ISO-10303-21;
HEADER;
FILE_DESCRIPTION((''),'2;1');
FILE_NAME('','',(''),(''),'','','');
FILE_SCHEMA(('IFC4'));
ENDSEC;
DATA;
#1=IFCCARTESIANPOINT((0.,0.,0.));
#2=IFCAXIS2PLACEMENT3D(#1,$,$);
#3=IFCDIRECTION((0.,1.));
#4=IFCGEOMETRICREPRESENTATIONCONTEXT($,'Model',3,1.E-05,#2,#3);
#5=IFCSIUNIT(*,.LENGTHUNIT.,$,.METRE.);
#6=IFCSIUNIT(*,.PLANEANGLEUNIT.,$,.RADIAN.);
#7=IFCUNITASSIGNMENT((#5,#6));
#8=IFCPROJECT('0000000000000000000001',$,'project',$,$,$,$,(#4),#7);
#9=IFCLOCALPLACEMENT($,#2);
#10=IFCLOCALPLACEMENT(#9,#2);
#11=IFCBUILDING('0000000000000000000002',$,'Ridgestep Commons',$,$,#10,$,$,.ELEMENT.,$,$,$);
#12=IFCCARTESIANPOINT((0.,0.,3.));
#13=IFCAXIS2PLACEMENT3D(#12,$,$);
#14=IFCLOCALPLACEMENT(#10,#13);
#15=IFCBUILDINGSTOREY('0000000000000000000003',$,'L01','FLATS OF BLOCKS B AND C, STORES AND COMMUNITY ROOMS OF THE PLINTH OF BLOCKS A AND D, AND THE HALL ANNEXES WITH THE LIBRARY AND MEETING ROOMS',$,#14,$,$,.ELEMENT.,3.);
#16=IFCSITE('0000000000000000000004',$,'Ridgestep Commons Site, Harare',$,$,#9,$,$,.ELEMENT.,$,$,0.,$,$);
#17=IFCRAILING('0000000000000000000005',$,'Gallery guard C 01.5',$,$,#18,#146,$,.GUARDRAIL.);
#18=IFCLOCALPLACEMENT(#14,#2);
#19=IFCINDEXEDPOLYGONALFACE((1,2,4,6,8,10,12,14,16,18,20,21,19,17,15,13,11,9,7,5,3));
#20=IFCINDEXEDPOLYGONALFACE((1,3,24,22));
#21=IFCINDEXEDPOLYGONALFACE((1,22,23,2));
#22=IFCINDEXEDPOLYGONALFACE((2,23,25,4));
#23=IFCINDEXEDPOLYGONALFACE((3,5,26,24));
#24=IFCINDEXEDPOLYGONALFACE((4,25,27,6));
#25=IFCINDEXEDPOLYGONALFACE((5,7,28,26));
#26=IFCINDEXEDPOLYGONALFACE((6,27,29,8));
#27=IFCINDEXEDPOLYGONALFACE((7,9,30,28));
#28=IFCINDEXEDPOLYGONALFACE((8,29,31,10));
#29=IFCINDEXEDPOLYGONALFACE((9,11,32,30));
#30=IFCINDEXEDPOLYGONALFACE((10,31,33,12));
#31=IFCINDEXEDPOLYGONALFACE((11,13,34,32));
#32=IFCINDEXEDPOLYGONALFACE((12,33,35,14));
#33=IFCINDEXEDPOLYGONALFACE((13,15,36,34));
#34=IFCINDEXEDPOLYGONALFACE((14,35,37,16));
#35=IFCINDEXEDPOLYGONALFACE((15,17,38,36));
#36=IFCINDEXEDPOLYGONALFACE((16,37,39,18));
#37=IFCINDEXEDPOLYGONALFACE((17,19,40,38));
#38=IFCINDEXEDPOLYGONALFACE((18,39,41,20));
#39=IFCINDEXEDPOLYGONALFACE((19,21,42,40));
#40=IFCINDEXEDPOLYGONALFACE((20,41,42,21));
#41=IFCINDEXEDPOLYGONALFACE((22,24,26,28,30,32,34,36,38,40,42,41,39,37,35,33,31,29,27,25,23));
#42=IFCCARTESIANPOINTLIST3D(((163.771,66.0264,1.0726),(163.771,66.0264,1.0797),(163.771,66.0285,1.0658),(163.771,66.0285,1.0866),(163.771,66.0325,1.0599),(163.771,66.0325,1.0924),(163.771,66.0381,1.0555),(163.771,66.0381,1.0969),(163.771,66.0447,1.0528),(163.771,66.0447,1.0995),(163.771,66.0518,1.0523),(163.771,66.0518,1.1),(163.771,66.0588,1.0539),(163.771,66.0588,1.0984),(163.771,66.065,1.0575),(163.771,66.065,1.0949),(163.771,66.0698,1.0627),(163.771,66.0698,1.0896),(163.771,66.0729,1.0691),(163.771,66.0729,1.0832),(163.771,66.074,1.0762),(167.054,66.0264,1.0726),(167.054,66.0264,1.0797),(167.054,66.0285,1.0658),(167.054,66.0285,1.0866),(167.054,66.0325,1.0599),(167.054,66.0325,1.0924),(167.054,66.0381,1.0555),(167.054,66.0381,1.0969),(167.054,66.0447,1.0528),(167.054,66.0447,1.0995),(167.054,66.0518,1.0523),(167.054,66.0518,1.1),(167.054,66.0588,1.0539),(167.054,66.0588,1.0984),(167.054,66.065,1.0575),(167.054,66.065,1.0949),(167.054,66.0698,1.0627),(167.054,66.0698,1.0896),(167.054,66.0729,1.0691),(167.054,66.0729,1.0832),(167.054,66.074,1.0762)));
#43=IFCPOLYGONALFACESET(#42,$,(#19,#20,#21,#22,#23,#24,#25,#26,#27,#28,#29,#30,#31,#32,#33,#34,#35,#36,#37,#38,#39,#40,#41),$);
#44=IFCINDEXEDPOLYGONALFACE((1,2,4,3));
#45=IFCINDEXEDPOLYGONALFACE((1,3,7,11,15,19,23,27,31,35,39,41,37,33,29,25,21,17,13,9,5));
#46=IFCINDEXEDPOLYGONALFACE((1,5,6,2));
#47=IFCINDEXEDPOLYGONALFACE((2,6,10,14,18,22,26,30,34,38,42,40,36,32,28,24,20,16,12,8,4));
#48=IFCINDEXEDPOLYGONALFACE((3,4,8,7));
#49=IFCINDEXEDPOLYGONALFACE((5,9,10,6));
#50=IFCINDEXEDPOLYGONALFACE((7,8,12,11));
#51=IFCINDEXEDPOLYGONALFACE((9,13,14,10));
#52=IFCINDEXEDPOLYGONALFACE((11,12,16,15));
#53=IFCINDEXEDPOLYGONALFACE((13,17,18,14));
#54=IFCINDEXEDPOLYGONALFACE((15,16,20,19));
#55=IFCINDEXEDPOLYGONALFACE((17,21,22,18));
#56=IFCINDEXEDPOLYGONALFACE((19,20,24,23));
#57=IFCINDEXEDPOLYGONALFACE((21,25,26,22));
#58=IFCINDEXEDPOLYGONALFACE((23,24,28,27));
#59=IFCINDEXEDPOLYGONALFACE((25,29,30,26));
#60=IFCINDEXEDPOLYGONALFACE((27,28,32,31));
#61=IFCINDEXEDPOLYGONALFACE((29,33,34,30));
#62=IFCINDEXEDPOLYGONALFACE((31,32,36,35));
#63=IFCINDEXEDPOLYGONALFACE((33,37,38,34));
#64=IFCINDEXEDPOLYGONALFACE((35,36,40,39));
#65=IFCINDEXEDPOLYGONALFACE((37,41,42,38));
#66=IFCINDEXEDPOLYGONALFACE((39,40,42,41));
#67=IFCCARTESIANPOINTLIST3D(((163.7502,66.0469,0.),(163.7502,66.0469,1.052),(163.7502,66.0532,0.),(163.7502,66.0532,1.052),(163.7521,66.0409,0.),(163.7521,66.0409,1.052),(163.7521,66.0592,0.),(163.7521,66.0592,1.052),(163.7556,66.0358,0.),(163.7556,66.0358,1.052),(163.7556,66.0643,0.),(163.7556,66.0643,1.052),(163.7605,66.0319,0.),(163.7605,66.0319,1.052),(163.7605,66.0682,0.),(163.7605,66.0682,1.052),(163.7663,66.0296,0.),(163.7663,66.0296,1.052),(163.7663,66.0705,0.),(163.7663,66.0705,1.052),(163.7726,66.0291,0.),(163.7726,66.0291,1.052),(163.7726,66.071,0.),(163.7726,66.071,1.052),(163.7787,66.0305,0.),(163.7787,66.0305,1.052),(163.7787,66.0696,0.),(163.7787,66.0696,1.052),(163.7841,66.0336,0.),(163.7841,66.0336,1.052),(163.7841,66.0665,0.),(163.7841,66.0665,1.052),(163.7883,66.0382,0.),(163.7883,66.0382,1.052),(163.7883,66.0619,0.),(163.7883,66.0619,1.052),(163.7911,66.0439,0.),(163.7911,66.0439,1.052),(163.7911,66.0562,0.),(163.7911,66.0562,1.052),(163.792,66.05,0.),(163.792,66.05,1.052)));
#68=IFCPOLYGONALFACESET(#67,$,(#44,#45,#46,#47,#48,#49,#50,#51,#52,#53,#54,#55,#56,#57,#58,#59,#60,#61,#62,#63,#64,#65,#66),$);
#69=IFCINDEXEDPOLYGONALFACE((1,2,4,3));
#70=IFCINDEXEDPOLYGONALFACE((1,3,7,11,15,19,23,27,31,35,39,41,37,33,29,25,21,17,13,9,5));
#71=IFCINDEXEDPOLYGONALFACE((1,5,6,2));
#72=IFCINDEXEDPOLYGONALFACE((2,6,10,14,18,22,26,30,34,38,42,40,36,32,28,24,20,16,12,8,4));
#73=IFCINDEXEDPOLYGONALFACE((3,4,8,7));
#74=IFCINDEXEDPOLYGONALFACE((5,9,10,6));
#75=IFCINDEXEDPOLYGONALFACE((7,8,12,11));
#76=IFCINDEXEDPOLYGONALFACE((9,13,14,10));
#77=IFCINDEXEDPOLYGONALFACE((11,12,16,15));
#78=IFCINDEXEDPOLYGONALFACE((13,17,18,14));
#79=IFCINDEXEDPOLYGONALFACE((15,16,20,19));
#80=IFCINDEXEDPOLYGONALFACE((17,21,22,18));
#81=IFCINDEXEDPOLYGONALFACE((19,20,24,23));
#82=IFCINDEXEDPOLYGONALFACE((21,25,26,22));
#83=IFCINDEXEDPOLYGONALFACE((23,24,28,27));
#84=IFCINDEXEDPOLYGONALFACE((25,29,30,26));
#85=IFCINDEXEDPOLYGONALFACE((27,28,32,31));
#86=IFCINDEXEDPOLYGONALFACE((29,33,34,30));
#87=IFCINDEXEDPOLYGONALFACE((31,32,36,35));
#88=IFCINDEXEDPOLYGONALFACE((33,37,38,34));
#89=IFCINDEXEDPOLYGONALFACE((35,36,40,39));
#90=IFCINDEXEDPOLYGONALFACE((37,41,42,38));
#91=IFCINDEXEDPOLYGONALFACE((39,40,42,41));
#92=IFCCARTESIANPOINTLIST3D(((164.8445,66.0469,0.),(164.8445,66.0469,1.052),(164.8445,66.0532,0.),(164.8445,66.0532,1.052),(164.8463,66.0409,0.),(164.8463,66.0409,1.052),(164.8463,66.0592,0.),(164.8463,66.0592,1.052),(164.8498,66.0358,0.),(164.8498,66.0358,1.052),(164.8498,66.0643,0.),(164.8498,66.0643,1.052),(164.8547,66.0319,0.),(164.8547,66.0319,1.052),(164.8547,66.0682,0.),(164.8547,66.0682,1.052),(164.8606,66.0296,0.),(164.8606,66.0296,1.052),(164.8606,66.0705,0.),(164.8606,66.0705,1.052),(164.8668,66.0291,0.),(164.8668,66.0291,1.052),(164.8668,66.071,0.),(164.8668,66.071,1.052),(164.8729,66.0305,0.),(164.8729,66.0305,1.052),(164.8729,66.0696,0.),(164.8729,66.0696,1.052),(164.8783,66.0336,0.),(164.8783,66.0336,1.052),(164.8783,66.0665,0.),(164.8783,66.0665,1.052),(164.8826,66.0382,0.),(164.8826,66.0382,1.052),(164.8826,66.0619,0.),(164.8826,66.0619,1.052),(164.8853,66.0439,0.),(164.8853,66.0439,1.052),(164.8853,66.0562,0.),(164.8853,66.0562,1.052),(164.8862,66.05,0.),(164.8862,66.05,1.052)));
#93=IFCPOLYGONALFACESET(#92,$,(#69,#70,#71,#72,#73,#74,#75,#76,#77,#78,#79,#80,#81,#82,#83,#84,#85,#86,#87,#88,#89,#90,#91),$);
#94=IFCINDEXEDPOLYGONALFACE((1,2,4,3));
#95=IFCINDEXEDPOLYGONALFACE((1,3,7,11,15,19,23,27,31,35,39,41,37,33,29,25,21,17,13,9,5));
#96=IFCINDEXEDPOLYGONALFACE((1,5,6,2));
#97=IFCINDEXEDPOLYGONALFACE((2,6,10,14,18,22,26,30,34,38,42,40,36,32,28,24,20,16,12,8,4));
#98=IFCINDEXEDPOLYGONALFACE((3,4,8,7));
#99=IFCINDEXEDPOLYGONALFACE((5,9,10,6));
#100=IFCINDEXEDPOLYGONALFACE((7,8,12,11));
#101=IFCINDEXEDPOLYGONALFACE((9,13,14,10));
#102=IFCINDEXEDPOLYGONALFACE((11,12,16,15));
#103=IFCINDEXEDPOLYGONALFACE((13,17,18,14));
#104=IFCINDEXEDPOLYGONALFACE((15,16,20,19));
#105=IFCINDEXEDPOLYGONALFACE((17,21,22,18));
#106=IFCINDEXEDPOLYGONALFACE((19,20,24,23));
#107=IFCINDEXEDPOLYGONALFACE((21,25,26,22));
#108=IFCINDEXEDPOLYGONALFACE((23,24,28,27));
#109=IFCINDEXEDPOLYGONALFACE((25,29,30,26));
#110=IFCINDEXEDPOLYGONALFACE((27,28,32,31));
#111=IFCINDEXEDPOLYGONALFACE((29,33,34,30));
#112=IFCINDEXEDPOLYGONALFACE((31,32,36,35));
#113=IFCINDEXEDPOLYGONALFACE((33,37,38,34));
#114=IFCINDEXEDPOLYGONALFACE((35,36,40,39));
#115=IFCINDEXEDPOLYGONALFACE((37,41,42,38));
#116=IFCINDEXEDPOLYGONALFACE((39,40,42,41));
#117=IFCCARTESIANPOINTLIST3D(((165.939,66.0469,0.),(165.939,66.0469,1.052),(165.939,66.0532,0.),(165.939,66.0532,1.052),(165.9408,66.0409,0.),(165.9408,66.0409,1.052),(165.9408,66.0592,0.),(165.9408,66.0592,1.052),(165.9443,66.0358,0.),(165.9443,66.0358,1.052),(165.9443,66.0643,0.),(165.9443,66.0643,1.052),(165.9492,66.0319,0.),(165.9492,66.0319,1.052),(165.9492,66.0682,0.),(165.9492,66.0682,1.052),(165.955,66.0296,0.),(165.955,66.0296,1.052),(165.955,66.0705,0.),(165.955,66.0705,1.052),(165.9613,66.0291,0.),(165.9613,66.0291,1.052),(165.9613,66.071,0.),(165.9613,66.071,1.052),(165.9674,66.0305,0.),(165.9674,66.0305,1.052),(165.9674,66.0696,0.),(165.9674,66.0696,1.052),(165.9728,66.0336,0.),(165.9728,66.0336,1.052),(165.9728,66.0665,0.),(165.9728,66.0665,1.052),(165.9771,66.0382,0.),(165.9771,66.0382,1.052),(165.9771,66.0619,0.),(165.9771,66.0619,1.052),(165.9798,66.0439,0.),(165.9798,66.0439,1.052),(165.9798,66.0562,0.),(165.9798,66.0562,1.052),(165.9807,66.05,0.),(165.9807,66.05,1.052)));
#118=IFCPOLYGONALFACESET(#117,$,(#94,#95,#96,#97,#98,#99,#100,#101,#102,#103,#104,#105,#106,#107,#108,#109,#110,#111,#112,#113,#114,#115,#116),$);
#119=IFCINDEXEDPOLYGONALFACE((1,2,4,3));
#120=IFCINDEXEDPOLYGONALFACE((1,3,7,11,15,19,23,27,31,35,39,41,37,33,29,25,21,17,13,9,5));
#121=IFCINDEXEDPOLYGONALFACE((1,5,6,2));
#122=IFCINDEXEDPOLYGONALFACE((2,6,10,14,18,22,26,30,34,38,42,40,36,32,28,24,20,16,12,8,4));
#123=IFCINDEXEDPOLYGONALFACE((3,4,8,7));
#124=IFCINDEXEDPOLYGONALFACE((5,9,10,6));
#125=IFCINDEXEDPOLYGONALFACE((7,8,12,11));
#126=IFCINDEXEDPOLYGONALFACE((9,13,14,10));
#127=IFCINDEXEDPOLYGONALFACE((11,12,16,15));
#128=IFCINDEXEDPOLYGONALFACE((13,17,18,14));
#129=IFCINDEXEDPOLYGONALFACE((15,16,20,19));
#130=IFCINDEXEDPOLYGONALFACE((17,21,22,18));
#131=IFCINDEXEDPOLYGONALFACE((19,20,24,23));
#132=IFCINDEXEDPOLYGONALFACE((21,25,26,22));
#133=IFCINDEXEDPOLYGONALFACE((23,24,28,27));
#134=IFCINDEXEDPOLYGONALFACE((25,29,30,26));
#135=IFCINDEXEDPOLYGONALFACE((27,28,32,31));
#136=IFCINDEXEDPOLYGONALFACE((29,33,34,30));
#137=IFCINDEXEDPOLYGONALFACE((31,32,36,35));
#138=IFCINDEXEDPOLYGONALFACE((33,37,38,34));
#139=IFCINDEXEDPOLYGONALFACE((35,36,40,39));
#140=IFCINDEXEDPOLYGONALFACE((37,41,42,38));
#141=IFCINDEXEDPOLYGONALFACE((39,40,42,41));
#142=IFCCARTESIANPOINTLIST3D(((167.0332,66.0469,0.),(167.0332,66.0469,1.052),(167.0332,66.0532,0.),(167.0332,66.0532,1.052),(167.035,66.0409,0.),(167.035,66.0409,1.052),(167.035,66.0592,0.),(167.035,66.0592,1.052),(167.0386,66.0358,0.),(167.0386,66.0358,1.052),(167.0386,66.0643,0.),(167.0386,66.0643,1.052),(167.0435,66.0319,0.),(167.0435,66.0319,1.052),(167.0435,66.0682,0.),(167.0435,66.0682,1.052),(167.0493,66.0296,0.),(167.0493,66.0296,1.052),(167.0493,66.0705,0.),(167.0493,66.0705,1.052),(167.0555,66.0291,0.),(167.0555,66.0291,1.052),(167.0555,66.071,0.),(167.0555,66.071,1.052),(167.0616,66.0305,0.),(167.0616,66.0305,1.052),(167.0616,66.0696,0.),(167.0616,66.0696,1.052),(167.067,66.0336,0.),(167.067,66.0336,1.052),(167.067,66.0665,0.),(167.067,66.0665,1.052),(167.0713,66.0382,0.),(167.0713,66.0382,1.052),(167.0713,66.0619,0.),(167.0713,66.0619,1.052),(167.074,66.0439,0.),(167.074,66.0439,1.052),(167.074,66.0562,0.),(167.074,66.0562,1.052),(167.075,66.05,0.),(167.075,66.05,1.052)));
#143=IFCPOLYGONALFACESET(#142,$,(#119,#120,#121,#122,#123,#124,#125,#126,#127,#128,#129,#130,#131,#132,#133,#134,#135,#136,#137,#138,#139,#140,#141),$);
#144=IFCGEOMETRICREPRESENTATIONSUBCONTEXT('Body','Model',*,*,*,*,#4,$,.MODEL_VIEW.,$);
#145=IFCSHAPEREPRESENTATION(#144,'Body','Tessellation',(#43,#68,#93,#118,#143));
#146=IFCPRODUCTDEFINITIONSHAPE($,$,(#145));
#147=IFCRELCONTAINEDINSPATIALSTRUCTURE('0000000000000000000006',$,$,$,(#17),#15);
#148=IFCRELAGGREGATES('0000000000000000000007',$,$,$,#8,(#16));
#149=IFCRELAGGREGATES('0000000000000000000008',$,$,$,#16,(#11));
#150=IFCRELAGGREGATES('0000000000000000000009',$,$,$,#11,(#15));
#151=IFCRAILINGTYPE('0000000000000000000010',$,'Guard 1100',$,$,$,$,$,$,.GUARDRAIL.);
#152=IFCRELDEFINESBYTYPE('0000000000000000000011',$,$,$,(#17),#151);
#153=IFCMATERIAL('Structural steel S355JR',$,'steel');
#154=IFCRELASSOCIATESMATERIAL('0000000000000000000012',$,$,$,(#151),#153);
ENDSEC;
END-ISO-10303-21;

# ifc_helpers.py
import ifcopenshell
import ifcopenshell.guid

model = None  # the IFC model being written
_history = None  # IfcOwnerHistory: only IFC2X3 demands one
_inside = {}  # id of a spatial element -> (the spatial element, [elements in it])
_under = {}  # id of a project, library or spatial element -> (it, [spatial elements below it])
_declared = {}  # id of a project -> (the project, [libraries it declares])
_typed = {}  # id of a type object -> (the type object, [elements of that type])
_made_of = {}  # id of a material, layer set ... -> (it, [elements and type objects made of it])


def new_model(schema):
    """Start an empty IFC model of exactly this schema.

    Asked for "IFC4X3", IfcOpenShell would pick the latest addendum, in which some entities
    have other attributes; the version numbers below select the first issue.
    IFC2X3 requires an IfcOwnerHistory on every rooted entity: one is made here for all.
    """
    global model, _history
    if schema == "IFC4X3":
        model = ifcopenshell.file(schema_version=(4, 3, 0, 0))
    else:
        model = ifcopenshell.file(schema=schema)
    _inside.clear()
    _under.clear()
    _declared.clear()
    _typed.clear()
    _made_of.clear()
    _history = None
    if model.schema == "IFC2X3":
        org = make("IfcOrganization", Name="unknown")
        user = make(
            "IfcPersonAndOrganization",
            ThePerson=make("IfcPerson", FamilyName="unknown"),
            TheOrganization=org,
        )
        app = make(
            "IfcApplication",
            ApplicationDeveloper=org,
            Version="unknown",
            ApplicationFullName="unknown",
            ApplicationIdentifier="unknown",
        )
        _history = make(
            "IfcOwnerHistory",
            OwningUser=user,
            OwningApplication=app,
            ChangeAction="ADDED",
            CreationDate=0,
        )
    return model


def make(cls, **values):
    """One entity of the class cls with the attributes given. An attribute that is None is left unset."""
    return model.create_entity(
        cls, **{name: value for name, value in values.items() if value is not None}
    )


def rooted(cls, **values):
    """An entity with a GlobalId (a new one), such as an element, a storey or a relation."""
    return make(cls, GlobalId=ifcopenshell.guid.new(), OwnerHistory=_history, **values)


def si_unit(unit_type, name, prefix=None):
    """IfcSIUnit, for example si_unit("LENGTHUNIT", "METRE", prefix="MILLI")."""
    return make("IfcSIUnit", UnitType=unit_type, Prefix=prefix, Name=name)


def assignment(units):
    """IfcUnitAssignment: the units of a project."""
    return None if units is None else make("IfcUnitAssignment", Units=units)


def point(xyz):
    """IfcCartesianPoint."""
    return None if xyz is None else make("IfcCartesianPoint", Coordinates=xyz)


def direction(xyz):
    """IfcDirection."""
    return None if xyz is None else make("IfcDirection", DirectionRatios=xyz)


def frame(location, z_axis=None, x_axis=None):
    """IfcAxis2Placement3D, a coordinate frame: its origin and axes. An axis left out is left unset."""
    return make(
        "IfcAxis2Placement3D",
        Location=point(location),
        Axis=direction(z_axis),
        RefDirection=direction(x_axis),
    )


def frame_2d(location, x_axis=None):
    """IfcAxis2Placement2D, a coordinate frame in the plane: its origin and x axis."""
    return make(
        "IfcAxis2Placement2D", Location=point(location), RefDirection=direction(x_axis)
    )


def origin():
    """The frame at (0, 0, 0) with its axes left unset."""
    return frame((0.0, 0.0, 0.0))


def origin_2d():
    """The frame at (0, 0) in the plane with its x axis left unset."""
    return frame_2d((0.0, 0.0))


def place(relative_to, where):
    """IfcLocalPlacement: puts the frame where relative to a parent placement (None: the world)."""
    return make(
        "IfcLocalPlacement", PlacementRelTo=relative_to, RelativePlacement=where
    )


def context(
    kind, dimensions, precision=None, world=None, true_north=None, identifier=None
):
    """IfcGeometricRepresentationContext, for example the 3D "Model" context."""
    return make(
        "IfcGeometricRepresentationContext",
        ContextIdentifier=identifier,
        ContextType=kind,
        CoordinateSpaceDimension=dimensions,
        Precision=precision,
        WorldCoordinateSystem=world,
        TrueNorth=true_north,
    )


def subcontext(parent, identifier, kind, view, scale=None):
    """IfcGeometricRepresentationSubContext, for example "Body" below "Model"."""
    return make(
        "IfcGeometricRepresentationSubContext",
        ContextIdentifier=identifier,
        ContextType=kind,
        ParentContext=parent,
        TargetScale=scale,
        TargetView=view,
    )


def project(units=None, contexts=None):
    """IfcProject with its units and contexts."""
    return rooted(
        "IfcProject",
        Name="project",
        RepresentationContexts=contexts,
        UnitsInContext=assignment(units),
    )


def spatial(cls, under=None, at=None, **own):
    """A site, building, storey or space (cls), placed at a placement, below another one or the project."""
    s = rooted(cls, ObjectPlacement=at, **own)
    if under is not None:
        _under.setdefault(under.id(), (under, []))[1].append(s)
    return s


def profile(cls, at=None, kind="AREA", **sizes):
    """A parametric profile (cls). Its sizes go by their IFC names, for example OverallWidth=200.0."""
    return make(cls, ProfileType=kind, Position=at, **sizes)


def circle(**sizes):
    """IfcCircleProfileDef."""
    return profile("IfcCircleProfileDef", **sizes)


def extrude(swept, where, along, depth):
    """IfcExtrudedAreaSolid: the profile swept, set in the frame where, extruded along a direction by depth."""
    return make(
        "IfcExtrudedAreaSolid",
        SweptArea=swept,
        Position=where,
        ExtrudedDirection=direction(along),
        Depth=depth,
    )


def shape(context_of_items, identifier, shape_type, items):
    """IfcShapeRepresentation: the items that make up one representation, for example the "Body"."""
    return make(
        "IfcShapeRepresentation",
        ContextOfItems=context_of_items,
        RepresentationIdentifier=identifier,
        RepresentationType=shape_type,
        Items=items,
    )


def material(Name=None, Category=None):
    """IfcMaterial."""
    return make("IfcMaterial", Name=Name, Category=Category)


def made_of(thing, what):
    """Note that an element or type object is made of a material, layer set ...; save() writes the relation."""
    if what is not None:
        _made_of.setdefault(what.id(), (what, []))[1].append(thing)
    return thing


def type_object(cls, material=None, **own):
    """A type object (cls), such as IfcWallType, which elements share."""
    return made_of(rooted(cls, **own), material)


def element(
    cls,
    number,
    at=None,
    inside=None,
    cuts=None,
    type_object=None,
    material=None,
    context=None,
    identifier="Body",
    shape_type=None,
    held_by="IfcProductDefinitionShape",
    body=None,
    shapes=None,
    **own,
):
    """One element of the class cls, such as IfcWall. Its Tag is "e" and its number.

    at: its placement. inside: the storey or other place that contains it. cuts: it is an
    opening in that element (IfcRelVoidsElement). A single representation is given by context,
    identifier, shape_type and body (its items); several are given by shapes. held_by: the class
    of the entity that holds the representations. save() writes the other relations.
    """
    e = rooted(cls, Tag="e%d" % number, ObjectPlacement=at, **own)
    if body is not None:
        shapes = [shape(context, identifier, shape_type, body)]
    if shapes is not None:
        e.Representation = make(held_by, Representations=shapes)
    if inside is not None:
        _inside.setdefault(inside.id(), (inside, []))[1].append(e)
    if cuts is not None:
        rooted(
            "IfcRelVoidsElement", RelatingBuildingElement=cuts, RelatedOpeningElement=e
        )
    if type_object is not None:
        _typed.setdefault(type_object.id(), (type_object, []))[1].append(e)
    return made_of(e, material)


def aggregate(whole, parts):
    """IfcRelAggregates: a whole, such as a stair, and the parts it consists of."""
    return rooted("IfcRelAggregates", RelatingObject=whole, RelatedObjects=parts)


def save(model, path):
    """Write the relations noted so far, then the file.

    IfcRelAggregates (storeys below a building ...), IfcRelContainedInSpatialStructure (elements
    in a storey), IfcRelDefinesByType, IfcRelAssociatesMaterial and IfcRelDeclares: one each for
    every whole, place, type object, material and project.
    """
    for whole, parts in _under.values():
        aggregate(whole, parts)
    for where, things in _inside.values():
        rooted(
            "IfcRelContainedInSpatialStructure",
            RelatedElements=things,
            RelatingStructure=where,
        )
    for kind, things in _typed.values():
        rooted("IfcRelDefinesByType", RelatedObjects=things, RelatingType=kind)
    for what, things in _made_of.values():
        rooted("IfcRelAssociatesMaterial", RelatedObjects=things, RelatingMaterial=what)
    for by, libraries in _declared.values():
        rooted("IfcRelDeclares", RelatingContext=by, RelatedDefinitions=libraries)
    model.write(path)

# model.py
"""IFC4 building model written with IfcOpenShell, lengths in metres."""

from ifc_helpers import new_model, si_unit, direction, frame, origin, origin_2d, place, context, subcontext, project, spatial, circle, extrude, material, type_object, element, save


model = new_model("IFC4")

# Units and contexts
model_context = context("Model", 3, precision=1e-05, world=origin(), true_north=direction((0.0, 1.0)))
body_context = subcontext(model_context, "Body", "Model", "MODEL_VIEW")
ifc_project = project(units=[si_unit("LENGTHUNIT", "METRE"), si_unit("PLANEANGLEUNIT", "RADIAN")], contexts=[model_context])

# Site, building, storey
site_placement = place(None, origin())
site = spatial("IfcSite", under=ifc_project, at=site_placement, Name="Ridgestep Commons Site, Harare", CompositionType="ELEMENT", RefElevation=0.0)
building_placement = place(site_placement, origin())
building = spatial("IfcBuilding", under=site, at=building_placement, Name="Ridgestep Commons", CompositionType="ELEMENT")
storey_placement = place(building_placement, frame((0.0, 0.0, 3.0)))
storey = spatial("IfcBuildingStorey", under=building, at=storey_placement, Name="L01", Description="FLATS OF BLOCKS B AND C, STORES AND COMMUNITY ROOMS OF THE PLINTH OF BLOCKS A AND D, AND THE HALL ANNEXES WITH THE LIBRARY AND MEETING ROOMS", CompositionType="ELEMENT", Elevation=3.0)

# Railing
ifc_material_1 = material(Name="Structural steel S355JR", Category="steel")
railing_type = type_object("IfcRailingType", Name="Guard 1100", PredefinedType="GUARDRAIL", material=ifc_material_1)
railing_1_placement = place(storey_placement, frame((163.771, 66.05, 0.0)))
element("IfcRailing", 1, at=railing_1_placement, inside=storey, type_object=railing_type, Name="Gallery guard C 01.5", PredefinedType="GUARDRAIL", context=body_context, shape_type="SweptSolid", body=[
    extrude(circle(Radius=0.0239, at=origin_2d()), frame((0.0, 0.0, 1.0762), z_axis=(1.0, 0.0, 0.0), x_axis=(0.0, 1.0, 0.0)), (0.0, 0.0, 1.0), 3.283),
    extrude(circle(Radius=0.021, at=origin_2d()), origin(), (0.0, 0.0, 1.0), 1.052),
    extrude(circle(Radius=0.021, at=origin_2d()), frame((1.0942, 0.0, 0.0)), (0.0, 0.0, 1.0), 1.052),
    extrude(circle(Radius=0.021, at=origin_2d()), frame((2.1887, 0.0, 0.0)), (0.0, 0.0, 1.0), 1.052),
    extrude(circle(Radius=0.021, at=origin_2d()), frame((3.283, 0.0, 0.0)), (0.0, 0.0, 1.0), 1.052),
])

save(model, "model.ifc")
